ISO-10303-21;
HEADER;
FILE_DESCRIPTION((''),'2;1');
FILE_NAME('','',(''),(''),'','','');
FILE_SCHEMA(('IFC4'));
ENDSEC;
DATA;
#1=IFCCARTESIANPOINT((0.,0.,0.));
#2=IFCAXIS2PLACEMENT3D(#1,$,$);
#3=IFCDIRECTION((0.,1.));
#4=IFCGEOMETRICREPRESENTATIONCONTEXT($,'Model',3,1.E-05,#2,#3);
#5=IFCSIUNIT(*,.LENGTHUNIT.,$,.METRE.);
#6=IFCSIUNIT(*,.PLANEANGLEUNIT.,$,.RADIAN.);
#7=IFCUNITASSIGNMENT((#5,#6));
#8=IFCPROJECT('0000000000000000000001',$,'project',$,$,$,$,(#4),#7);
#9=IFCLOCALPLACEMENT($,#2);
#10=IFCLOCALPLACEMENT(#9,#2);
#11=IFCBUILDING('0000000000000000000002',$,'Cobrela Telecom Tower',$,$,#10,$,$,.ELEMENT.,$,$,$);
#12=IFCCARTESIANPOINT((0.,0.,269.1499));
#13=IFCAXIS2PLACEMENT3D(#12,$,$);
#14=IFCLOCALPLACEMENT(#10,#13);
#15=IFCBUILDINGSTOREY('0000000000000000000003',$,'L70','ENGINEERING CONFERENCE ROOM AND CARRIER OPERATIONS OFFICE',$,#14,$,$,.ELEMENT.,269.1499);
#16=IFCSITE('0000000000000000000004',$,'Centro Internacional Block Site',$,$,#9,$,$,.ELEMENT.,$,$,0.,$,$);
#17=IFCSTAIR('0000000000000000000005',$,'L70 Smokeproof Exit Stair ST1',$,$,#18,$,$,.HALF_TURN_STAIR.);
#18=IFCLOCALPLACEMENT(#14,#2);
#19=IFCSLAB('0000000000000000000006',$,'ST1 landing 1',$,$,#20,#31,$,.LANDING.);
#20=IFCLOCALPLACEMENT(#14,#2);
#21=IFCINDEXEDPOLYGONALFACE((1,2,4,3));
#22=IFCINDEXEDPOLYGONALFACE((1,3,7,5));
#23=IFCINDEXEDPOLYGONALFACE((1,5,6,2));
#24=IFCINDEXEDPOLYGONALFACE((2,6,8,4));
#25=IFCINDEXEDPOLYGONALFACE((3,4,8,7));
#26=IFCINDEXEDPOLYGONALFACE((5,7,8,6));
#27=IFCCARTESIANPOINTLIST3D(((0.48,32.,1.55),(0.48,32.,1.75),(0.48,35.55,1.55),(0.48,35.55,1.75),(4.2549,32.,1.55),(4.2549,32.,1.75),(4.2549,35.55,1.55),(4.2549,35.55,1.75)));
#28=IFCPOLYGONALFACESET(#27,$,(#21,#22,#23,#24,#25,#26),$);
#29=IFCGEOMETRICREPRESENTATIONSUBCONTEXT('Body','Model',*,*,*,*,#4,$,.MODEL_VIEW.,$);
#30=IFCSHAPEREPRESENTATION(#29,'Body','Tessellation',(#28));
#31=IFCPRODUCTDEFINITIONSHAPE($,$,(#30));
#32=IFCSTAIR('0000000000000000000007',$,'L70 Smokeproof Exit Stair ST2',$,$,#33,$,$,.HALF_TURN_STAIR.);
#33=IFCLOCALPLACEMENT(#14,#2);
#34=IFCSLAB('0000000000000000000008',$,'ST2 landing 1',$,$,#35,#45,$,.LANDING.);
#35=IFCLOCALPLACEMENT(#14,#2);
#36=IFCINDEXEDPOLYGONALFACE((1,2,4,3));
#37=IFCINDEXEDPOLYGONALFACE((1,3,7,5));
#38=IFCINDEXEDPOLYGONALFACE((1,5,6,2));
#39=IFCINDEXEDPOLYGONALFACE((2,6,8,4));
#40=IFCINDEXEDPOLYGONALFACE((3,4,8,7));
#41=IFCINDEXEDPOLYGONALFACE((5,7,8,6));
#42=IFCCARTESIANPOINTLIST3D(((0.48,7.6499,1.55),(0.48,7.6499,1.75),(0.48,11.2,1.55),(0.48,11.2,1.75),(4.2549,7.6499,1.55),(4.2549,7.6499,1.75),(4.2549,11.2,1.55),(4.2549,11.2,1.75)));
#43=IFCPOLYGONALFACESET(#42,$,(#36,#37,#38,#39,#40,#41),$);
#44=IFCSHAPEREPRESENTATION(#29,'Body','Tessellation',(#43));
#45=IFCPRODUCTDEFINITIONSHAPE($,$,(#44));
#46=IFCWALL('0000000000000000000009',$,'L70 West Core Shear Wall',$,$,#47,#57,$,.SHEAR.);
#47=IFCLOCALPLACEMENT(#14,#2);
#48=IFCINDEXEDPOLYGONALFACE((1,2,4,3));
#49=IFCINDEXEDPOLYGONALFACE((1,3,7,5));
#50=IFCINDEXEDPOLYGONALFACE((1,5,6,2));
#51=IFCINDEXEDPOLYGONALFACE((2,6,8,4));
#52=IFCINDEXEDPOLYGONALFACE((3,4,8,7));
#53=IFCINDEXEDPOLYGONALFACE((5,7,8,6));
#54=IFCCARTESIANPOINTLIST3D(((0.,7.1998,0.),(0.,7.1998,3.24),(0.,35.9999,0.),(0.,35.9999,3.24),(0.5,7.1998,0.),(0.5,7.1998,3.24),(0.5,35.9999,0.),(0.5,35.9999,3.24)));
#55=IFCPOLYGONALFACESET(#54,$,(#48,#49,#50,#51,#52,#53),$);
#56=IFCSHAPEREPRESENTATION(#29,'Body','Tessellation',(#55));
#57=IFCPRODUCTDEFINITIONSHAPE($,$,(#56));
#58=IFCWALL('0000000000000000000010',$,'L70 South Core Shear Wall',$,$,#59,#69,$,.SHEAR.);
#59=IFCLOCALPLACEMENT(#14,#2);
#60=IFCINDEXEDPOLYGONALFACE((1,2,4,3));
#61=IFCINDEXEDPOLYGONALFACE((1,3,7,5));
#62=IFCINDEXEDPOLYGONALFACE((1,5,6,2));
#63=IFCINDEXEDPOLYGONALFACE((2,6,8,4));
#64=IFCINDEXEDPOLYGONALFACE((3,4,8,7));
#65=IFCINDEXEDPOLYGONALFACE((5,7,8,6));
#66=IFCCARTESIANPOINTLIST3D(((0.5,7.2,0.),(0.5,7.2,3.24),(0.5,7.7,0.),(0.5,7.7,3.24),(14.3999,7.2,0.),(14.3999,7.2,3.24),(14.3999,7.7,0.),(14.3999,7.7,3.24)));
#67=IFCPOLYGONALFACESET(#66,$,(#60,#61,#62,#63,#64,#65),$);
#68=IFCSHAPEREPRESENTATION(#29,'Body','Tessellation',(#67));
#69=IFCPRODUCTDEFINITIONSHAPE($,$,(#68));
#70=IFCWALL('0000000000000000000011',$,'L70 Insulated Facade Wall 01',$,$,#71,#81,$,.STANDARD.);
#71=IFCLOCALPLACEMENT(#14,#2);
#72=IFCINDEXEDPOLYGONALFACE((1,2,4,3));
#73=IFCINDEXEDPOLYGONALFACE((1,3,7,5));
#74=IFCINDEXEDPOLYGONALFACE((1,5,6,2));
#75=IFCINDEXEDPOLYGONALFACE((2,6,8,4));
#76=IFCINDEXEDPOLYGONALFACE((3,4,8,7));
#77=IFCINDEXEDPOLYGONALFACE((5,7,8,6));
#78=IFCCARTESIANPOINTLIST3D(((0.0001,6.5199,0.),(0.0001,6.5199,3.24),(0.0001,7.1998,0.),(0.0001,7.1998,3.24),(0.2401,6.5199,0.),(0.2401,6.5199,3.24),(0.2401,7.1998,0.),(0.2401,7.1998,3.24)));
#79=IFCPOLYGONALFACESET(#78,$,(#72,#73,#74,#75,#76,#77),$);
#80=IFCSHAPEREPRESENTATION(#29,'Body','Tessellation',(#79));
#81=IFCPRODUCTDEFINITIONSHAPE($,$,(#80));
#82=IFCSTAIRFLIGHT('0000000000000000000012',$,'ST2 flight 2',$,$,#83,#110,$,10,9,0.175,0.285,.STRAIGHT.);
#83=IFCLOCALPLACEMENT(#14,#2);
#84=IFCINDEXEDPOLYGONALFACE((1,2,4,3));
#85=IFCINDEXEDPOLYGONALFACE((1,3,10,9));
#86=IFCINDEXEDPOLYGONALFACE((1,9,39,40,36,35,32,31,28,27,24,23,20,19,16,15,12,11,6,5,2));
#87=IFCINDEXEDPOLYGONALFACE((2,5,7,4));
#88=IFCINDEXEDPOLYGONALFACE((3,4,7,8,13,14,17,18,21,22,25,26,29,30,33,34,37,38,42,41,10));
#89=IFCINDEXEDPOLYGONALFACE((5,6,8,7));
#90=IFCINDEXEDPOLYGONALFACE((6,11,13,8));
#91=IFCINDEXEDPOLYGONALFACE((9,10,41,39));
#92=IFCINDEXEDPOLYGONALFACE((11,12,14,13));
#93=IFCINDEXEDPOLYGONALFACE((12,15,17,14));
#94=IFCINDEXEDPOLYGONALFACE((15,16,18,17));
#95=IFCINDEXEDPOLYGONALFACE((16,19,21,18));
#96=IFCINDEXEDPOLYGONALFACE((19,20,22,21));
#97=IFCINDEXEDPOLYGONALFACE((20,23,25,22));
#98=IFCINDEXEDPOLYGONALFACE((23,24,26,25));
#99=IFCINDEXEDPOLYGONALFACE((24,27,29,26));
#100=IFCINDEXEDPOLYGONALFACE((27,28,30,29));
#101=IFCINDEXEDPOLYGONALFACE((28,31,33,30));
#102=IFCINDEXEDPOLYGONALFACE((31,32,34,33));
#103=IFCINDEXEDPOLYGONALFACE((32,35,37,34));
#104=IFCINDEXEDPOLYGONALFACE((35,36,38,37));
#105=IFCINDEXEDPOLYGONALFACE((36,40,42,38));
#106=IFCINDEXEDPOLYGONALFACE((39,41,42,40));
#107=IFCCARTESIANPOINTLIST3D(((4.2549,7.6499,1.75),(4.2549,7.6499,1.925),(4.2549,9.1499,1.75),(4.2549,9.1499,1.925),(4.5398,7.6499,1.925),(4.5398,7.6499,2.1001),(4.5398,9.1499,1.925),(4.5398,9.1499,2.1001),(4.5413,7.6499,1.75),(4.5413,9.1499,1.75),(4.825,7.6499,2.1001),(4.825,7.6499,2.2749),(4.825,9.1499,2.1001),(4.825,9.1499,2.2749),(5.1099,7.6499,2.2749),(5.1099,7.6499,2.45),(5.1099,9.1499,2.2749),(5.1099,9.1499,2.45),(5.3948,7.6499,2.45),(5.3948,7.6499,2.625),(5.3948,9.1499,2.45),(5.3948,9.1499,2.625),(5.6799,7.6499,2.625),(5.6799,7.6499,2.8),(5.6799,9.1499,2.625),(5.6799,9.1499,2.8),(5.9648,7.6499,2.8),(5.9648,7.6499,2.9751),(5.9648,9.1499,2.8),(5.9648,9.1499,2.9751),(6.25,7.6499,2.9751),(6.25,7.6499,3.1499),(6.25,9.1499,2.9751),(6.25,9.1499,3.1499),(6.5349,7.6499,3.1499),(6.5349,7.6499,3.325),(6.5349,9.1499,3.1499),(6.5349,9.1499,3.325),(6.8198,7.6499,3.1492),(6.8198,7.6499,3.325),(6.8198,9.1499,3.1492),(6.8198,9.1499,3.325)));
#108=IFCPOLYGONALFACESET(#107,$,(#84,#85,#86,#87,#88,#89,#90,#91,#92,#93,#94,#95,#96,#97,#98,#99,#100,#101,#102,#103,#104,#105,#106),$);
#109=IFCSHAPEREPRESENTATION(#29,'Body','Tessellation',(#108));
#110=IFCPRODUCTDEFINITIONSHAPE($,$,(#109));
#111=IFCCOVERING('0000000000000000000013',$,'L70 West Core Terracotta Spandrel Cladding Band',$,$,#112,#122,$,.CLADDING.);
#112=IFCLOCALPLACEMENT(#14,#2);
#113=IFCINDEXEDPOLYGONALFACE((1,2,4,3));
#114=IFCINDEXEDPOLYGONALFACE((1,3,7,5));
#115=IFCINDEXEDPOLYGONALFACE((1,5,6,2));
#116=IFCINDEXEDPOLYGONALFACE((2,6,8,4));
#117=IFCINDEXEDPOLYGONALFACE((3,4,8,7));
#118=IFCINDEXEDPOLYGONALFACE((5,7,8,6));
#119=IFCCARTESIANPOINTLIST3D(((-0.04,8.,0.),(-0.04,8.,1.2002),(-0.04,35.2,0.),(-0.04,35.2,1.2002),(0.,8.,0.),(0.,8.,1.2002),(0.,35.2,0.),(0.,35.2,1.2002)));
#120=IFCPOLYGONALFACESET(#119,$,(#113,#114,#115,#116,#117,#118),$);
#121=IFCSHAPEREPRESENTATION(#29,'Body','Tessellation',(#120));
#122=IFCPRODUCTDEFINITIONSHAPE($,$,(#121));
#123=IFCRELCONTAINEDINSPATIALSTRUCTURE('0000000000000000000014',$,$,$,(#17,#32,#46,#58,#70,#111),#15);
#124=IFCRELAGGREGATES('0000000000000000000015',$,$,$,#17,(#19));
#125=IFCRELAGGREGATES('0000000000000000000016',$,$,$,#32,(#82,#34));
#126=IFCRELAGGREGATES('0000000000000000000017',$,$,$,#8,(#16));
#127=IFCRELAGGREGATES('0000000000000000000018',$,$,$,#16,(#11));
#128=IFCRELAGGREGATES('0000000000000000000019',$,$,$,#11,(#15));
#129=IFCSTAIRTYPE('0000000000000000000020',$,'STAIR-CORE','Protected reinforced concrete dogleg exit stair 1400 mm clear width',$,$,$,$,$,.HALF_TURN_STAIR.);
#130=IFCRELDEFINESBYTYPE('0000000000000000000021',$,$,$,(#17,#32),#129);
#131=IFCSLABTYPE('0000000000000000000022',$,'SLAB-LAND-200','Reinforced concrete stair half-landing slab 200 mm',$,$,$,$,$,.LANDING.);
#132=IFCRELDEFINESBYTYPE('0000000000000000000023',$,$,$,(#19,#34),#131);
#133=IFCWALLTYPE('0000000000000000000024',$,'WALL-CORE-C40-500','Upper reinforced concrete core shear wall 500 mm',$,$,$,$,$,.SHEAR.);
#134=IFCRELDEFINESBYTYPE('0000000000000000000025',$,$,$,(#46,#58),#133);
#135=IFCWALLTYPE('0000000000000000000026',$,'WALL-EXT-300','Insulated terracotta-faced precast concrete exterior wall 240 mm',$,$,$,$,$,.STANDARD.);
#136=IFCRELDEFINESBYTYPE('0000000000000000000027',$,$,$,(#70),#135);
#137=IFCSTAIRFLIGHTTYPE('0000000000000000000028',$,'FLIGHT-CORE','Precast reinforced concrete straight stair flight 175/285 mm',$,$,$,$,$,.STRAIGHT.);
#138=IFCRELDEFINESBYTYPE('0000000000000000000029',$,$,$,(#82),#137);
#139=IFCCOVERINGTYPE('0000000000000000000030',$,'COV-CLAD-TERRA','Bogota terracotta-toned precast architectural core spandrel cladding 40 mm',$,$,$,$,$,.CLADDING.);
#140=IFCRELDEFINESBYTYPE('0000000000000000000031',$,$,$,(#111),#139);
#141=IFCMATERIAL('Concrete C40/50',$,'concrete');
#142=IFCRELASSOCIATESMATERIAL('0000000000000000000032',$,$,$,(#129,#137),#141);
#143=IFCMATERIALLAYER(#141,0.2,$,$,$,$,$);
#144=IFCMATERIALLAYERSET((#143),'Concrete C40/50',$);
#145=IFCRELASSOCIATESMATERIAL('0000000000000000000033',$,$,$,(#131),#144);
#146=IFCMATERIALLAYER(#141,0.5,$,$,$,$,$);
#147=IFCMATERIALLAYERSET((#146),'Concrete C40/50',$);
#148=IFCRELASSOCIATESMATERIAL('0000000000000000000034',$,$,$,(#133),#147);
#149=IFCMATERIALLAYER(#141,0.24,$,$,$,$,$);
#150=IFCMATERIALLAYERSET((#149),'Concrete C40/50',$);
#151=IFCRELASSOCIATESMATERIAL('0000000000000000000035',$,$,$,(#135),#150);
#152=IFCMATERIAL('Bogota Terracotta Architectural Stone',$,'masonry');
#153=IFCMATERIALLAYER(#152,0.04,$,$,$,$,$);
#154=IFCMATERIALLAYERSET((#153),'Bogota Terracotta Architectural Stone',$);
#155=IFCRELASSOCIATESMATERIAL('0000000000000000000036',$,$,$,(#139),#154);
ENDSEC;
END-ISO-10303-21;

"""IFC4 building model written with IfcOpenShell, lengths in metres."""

from ifc_helpers import new_model, si_unit, direction, frame, frame_2d, origin, place, context, subcontext, project, spatial, polyline, rectangle, outline, extrude, material, layer, layer_set, type_object, element, aggregate, save


model = new_model("IFC4")

# Units and contexts
model_context = context("Model", 3, precision=1e-05, world=origin(), true_north=direction((0.0, 1.0)))
body_context = subcontext(model_context, "Body", "Model", "MODEL_VIEW")
ifc_project = project(units=[si_unit("LENGTHUNIT", "METRE"), si_unit("PLANEANGLEUNIT", "RADIAN")], contexts=[model_context])

# Site, building, storey
site_placement = place(None, origin())
site = spatial("IfcSite", under=ifc_project, at=site_placement, Name="Centro Internacional Block Site", CompositionType="ELEMENT", RefElevation=0.0)
building_placement = place(site_placement, origin())
building = spatial("IfcBuilding", under=site, at=building_placement, Name="Cobrela Telecom Tower", CompositionType="ELEMENT")
storey_placement = place(building_placement, frame((0.0, 0.0, 269.1499)))
storey = spatial("IfcBuildingStorey", under=building, at=storey_placement, Name="L70", Description="ENGINEERING CONFERENCE ROOM AND CARRIER OPERATIONS OFFICE", CompositionType="ELEMENT", Elevation=269.1499)

# Shared definitions
ifc_material_1 = material(Name="Concrete C40/50", Category="concrete")

# Stairs, slabs
stair_type = type_object("IfcStairType", Name="STAIR-CORE", Description="Protected reinforced concrete dogleg exit stair 1400 mm clear width", PredefinedType="HALF_TURN_STAIR", material=ifc_material_1)
stair_1_placement = place(storey_placement, origin())
stair_1 = element("IfcStair", 1, at=stair_1_placement, inside=storey, type_object=stair_type, Name="L70 Smokeproof Exit Stair ST1", PredefinedType="HALF_TURN_STAIR")
ifc_layer_1 = layer(ifc_material_1, 0.2)
ifc_layer_set_1 = layer_set([ifc_layer_1], Name="Concrete C40/50")
slab_type_1 = type_object("IfcSlabType", Name="SLAB-LAND-200", Description="Reinforced concrete stair half-landing slab 200 mm", PredefinedType="LANDING", material=ifc_layer_set_1)
slab_1_placement = place(storey_placement, frame((0.0, 0.0, 1.55)))
slab_1 = element("IfcSlab", 2, at=slab_1_placement, type_object=slab_type_1, Name="ST1 landing 1", PredefinedType="LANDING", context=body_context, shape_type="SweptSolid", body=[
    extrude(outline(polyline([(4.2549, 35.55), (0.48, 35.55), (0.48, 32.0), (4.2549, 32.0), (4.2549, 35.55)])), origin(), (0.0, 0.0, 1.0), 0.2),
])
aggregate(stair_1, [slab_1])
stair_2_placement = place(storey_placement, origin())
stair_2 = element("IfcStair", 3, at=stair_2_placement, inside=storey, type_object=stair_type, Name="L70 Smokeproof Exit Stair ST2", PredefinedType="HALF_TURN_STAIR")
slab_2_placement = place(storey_placement, frame((0.0, 0.0, 1.55)))
slab_2 = element("IfcSlab", 4, at=slab_2_placement, type_object=slab_type_1, Name="ST2 landing 1", PredefinedType="LANDING", context=body_context, shape_type="SweptSolid", body=[
    extrude(outline(polyline([(4.2549, 11.2), (0.48, 11.2), (0.48, 7.6499), (4.2549, 7.6499), (4.2549, 11.2)])), origin(), (0.0, 0.0, 1.0), 0.2),
])

# Walls
ifc_layer_2 = layer(ifc_material_1, 0.5)
ifc_layer_set_2 = layer_set([ifc_layer_2], Name="Concrete C40/50")
wall_type_1 = type_object("IfcWallType", Name="WALL-CORE-C40-500", Description="Upper reinforced concrete core shear wall 500 mm", PredefinedType="SHEAR", material=ifc_layer_set_2)
wall_1_placement = place(storey_placement, frame((0.25, 7.2, 0.0), z_axis=(0.0, 0.0, 1.0), x_axis=(0.0, 1.0, 0.0)))
element("IfcWall", 5, at=wall_1_placement, inside=storey, type_object=wall_type_1, Name="L70 West Core Shear Wall", PredefinedType="SHEAR", context=body_context, shape_type="SweptSolid", body=[
    extrude(rectangle(XDim=28.8, YDim=0.5, at=frame_2d((14.3999, 0.0))), origin(), (0.0, 0.0, 1.0), 3.24),
])
wall_2_placement = place(storey_placement, frame((0.5, 7.45, 0.0), z_axis=(0.0, 0.0, 1.0), x_axis=(1.0, 0.0, 0.0)))
element("IfcWall", 6, at=wall_2_placement, inside=storey, type_object=wall_type_1, Name="L70 South Core Shear Wall", PredefinedType="SHEAR", context=body_context, shape_type="SweptSolid", body=[
    extrude(rectangle(XDim=13.8999, YDim=0.5, at=frame_2d((6.95, 0.0))), origin(), (0.0, 0.0, 1.0), 3.24),
])
ifc_layer_3 = layer(ifc_material_1, 0.24)
ifc_layer_set_3 = layer_set([ifc_layer_3], Name="Concrete C40/50")
wall_type_2 = type_object("IfcWallType", Name="WALL-EXT-300", Description="Insulated terracotta-faced precast concrete exterior wall 240 mm", PredefinedType="STANDARD", material=ifc_layer_set_3)
wall_3_placement = place(storey_placement, frame((0.1201, 6.52, 0.0), z_axis=(0.0, 0.0, 1.0), x_axis=(0.0, 1.0, 0.0)))
element("IfcWall", 7, at=wall_3_placement, inside=storey, type_object=wall_type_2, Name="L70 Insulated Facade Wall 01", PredefinedType="STANDARD", context=body_context, shape_type="SweptSolid", body=[
    extrude(rectangle(XDim=0.6799, YDim=0.24, at=frame_2d((0.3398, 0.0))), origin(), (0.0, 0.0, 1.0), 3.24),
])

# Stair flight
stair_flight_type = type_object("IfcStairFlightType", Name="FLIGHT-CORE", Description="Precast reinforced concrete straight stair flight 175/285 mm", PredefinedType="STRAIGHT", material=ifc_material_1)
stair_flight_placement = place(storey_placement, frame((4.2549, 8.3999, 1.75), z_axis=(0.0, 0.0, 1.0), x_axis=(1.0, 0.0, 0.0)))
stair_flight = element("IfcStairFlight", 8, at=stair_flight_placement, type_object=stair_flight_type, Name="ST2 flight 2", NumberOfRisers=10, NumberOfTreads=9, PredefinedType="STRAIGHT", RiserHeight=0.175, TreadLength=0.285, context=body_context, shape_type="SweptSolid", body=[
    extrude(outline(polyline([(0.0, 0.0), (0.0, 0.175), (0.2849, 0.175), (0.2849, 0.3501), (0.5701, 0.3501), (0.5701, 0.5249), (0.855, 0.5249), (0.855, 0.7), (1.1399, 0.7), (1.1399, 0.875), (1.425, 0.875), (1.425, 1.05), (1.71, 1.05), (1.71, 1.2251), (1.9951, 1.2251), (1.9951, 1.3999), (2.28, 1.3999), (2.28, 1.575), (2.5649, 1.575), (2.5649, 1.75), (2.5649, 1.3992), (0.2864, 0.0), (0.0, 0.0)])), frame((0.0, 0.75, 0.0), z_axis=(0.0, -1.0, 0.0), x_axis=(1.0, 0.0, 0.0)), (0.0, 0.0, 1.0), 1.5),
])
aggregate(stair_2, [stair_flight, slab_2])

# Covering
ifc_material_2 = material(Name="Bogota Terracotta Architectural Stone", Category="masonry")
ifc_layer_4 = layer(ifc_material_2, 0.04)
ifc_layer_set_4 = layer_set([ifc_layer_4], Name="Bogota Terracotta Architectural Stone")
covering_type = type_object("IfcCoveringType", Name="COV-CLAD-TERRA", Description="Bogota terracotta-toned precast architectural core spandrel cladding 40 mm", PredefinedType="CLADDING", material=ifc_layer_set_4)
covering_placement = place(storey_placement, origin())
element("IfcCovering", 9, at=covering_placement, inside=storey, type_object=covering_type, Name="L70 West Core Terracotta Spandrel Cladding Band", PredefinedType="CLADDING", context=body_context, shape_type="SweptSolid", body=[
    extrude(outline(polyline([(-0.04, 8.0), (0.0, 8.0), (0.0, 35.2), (-0.04, 35.2), (-0.04, 8.0)])), origin(), (0.0, 0.0, 1.0), 1.2002),
])

save(model, "model.ifc")
